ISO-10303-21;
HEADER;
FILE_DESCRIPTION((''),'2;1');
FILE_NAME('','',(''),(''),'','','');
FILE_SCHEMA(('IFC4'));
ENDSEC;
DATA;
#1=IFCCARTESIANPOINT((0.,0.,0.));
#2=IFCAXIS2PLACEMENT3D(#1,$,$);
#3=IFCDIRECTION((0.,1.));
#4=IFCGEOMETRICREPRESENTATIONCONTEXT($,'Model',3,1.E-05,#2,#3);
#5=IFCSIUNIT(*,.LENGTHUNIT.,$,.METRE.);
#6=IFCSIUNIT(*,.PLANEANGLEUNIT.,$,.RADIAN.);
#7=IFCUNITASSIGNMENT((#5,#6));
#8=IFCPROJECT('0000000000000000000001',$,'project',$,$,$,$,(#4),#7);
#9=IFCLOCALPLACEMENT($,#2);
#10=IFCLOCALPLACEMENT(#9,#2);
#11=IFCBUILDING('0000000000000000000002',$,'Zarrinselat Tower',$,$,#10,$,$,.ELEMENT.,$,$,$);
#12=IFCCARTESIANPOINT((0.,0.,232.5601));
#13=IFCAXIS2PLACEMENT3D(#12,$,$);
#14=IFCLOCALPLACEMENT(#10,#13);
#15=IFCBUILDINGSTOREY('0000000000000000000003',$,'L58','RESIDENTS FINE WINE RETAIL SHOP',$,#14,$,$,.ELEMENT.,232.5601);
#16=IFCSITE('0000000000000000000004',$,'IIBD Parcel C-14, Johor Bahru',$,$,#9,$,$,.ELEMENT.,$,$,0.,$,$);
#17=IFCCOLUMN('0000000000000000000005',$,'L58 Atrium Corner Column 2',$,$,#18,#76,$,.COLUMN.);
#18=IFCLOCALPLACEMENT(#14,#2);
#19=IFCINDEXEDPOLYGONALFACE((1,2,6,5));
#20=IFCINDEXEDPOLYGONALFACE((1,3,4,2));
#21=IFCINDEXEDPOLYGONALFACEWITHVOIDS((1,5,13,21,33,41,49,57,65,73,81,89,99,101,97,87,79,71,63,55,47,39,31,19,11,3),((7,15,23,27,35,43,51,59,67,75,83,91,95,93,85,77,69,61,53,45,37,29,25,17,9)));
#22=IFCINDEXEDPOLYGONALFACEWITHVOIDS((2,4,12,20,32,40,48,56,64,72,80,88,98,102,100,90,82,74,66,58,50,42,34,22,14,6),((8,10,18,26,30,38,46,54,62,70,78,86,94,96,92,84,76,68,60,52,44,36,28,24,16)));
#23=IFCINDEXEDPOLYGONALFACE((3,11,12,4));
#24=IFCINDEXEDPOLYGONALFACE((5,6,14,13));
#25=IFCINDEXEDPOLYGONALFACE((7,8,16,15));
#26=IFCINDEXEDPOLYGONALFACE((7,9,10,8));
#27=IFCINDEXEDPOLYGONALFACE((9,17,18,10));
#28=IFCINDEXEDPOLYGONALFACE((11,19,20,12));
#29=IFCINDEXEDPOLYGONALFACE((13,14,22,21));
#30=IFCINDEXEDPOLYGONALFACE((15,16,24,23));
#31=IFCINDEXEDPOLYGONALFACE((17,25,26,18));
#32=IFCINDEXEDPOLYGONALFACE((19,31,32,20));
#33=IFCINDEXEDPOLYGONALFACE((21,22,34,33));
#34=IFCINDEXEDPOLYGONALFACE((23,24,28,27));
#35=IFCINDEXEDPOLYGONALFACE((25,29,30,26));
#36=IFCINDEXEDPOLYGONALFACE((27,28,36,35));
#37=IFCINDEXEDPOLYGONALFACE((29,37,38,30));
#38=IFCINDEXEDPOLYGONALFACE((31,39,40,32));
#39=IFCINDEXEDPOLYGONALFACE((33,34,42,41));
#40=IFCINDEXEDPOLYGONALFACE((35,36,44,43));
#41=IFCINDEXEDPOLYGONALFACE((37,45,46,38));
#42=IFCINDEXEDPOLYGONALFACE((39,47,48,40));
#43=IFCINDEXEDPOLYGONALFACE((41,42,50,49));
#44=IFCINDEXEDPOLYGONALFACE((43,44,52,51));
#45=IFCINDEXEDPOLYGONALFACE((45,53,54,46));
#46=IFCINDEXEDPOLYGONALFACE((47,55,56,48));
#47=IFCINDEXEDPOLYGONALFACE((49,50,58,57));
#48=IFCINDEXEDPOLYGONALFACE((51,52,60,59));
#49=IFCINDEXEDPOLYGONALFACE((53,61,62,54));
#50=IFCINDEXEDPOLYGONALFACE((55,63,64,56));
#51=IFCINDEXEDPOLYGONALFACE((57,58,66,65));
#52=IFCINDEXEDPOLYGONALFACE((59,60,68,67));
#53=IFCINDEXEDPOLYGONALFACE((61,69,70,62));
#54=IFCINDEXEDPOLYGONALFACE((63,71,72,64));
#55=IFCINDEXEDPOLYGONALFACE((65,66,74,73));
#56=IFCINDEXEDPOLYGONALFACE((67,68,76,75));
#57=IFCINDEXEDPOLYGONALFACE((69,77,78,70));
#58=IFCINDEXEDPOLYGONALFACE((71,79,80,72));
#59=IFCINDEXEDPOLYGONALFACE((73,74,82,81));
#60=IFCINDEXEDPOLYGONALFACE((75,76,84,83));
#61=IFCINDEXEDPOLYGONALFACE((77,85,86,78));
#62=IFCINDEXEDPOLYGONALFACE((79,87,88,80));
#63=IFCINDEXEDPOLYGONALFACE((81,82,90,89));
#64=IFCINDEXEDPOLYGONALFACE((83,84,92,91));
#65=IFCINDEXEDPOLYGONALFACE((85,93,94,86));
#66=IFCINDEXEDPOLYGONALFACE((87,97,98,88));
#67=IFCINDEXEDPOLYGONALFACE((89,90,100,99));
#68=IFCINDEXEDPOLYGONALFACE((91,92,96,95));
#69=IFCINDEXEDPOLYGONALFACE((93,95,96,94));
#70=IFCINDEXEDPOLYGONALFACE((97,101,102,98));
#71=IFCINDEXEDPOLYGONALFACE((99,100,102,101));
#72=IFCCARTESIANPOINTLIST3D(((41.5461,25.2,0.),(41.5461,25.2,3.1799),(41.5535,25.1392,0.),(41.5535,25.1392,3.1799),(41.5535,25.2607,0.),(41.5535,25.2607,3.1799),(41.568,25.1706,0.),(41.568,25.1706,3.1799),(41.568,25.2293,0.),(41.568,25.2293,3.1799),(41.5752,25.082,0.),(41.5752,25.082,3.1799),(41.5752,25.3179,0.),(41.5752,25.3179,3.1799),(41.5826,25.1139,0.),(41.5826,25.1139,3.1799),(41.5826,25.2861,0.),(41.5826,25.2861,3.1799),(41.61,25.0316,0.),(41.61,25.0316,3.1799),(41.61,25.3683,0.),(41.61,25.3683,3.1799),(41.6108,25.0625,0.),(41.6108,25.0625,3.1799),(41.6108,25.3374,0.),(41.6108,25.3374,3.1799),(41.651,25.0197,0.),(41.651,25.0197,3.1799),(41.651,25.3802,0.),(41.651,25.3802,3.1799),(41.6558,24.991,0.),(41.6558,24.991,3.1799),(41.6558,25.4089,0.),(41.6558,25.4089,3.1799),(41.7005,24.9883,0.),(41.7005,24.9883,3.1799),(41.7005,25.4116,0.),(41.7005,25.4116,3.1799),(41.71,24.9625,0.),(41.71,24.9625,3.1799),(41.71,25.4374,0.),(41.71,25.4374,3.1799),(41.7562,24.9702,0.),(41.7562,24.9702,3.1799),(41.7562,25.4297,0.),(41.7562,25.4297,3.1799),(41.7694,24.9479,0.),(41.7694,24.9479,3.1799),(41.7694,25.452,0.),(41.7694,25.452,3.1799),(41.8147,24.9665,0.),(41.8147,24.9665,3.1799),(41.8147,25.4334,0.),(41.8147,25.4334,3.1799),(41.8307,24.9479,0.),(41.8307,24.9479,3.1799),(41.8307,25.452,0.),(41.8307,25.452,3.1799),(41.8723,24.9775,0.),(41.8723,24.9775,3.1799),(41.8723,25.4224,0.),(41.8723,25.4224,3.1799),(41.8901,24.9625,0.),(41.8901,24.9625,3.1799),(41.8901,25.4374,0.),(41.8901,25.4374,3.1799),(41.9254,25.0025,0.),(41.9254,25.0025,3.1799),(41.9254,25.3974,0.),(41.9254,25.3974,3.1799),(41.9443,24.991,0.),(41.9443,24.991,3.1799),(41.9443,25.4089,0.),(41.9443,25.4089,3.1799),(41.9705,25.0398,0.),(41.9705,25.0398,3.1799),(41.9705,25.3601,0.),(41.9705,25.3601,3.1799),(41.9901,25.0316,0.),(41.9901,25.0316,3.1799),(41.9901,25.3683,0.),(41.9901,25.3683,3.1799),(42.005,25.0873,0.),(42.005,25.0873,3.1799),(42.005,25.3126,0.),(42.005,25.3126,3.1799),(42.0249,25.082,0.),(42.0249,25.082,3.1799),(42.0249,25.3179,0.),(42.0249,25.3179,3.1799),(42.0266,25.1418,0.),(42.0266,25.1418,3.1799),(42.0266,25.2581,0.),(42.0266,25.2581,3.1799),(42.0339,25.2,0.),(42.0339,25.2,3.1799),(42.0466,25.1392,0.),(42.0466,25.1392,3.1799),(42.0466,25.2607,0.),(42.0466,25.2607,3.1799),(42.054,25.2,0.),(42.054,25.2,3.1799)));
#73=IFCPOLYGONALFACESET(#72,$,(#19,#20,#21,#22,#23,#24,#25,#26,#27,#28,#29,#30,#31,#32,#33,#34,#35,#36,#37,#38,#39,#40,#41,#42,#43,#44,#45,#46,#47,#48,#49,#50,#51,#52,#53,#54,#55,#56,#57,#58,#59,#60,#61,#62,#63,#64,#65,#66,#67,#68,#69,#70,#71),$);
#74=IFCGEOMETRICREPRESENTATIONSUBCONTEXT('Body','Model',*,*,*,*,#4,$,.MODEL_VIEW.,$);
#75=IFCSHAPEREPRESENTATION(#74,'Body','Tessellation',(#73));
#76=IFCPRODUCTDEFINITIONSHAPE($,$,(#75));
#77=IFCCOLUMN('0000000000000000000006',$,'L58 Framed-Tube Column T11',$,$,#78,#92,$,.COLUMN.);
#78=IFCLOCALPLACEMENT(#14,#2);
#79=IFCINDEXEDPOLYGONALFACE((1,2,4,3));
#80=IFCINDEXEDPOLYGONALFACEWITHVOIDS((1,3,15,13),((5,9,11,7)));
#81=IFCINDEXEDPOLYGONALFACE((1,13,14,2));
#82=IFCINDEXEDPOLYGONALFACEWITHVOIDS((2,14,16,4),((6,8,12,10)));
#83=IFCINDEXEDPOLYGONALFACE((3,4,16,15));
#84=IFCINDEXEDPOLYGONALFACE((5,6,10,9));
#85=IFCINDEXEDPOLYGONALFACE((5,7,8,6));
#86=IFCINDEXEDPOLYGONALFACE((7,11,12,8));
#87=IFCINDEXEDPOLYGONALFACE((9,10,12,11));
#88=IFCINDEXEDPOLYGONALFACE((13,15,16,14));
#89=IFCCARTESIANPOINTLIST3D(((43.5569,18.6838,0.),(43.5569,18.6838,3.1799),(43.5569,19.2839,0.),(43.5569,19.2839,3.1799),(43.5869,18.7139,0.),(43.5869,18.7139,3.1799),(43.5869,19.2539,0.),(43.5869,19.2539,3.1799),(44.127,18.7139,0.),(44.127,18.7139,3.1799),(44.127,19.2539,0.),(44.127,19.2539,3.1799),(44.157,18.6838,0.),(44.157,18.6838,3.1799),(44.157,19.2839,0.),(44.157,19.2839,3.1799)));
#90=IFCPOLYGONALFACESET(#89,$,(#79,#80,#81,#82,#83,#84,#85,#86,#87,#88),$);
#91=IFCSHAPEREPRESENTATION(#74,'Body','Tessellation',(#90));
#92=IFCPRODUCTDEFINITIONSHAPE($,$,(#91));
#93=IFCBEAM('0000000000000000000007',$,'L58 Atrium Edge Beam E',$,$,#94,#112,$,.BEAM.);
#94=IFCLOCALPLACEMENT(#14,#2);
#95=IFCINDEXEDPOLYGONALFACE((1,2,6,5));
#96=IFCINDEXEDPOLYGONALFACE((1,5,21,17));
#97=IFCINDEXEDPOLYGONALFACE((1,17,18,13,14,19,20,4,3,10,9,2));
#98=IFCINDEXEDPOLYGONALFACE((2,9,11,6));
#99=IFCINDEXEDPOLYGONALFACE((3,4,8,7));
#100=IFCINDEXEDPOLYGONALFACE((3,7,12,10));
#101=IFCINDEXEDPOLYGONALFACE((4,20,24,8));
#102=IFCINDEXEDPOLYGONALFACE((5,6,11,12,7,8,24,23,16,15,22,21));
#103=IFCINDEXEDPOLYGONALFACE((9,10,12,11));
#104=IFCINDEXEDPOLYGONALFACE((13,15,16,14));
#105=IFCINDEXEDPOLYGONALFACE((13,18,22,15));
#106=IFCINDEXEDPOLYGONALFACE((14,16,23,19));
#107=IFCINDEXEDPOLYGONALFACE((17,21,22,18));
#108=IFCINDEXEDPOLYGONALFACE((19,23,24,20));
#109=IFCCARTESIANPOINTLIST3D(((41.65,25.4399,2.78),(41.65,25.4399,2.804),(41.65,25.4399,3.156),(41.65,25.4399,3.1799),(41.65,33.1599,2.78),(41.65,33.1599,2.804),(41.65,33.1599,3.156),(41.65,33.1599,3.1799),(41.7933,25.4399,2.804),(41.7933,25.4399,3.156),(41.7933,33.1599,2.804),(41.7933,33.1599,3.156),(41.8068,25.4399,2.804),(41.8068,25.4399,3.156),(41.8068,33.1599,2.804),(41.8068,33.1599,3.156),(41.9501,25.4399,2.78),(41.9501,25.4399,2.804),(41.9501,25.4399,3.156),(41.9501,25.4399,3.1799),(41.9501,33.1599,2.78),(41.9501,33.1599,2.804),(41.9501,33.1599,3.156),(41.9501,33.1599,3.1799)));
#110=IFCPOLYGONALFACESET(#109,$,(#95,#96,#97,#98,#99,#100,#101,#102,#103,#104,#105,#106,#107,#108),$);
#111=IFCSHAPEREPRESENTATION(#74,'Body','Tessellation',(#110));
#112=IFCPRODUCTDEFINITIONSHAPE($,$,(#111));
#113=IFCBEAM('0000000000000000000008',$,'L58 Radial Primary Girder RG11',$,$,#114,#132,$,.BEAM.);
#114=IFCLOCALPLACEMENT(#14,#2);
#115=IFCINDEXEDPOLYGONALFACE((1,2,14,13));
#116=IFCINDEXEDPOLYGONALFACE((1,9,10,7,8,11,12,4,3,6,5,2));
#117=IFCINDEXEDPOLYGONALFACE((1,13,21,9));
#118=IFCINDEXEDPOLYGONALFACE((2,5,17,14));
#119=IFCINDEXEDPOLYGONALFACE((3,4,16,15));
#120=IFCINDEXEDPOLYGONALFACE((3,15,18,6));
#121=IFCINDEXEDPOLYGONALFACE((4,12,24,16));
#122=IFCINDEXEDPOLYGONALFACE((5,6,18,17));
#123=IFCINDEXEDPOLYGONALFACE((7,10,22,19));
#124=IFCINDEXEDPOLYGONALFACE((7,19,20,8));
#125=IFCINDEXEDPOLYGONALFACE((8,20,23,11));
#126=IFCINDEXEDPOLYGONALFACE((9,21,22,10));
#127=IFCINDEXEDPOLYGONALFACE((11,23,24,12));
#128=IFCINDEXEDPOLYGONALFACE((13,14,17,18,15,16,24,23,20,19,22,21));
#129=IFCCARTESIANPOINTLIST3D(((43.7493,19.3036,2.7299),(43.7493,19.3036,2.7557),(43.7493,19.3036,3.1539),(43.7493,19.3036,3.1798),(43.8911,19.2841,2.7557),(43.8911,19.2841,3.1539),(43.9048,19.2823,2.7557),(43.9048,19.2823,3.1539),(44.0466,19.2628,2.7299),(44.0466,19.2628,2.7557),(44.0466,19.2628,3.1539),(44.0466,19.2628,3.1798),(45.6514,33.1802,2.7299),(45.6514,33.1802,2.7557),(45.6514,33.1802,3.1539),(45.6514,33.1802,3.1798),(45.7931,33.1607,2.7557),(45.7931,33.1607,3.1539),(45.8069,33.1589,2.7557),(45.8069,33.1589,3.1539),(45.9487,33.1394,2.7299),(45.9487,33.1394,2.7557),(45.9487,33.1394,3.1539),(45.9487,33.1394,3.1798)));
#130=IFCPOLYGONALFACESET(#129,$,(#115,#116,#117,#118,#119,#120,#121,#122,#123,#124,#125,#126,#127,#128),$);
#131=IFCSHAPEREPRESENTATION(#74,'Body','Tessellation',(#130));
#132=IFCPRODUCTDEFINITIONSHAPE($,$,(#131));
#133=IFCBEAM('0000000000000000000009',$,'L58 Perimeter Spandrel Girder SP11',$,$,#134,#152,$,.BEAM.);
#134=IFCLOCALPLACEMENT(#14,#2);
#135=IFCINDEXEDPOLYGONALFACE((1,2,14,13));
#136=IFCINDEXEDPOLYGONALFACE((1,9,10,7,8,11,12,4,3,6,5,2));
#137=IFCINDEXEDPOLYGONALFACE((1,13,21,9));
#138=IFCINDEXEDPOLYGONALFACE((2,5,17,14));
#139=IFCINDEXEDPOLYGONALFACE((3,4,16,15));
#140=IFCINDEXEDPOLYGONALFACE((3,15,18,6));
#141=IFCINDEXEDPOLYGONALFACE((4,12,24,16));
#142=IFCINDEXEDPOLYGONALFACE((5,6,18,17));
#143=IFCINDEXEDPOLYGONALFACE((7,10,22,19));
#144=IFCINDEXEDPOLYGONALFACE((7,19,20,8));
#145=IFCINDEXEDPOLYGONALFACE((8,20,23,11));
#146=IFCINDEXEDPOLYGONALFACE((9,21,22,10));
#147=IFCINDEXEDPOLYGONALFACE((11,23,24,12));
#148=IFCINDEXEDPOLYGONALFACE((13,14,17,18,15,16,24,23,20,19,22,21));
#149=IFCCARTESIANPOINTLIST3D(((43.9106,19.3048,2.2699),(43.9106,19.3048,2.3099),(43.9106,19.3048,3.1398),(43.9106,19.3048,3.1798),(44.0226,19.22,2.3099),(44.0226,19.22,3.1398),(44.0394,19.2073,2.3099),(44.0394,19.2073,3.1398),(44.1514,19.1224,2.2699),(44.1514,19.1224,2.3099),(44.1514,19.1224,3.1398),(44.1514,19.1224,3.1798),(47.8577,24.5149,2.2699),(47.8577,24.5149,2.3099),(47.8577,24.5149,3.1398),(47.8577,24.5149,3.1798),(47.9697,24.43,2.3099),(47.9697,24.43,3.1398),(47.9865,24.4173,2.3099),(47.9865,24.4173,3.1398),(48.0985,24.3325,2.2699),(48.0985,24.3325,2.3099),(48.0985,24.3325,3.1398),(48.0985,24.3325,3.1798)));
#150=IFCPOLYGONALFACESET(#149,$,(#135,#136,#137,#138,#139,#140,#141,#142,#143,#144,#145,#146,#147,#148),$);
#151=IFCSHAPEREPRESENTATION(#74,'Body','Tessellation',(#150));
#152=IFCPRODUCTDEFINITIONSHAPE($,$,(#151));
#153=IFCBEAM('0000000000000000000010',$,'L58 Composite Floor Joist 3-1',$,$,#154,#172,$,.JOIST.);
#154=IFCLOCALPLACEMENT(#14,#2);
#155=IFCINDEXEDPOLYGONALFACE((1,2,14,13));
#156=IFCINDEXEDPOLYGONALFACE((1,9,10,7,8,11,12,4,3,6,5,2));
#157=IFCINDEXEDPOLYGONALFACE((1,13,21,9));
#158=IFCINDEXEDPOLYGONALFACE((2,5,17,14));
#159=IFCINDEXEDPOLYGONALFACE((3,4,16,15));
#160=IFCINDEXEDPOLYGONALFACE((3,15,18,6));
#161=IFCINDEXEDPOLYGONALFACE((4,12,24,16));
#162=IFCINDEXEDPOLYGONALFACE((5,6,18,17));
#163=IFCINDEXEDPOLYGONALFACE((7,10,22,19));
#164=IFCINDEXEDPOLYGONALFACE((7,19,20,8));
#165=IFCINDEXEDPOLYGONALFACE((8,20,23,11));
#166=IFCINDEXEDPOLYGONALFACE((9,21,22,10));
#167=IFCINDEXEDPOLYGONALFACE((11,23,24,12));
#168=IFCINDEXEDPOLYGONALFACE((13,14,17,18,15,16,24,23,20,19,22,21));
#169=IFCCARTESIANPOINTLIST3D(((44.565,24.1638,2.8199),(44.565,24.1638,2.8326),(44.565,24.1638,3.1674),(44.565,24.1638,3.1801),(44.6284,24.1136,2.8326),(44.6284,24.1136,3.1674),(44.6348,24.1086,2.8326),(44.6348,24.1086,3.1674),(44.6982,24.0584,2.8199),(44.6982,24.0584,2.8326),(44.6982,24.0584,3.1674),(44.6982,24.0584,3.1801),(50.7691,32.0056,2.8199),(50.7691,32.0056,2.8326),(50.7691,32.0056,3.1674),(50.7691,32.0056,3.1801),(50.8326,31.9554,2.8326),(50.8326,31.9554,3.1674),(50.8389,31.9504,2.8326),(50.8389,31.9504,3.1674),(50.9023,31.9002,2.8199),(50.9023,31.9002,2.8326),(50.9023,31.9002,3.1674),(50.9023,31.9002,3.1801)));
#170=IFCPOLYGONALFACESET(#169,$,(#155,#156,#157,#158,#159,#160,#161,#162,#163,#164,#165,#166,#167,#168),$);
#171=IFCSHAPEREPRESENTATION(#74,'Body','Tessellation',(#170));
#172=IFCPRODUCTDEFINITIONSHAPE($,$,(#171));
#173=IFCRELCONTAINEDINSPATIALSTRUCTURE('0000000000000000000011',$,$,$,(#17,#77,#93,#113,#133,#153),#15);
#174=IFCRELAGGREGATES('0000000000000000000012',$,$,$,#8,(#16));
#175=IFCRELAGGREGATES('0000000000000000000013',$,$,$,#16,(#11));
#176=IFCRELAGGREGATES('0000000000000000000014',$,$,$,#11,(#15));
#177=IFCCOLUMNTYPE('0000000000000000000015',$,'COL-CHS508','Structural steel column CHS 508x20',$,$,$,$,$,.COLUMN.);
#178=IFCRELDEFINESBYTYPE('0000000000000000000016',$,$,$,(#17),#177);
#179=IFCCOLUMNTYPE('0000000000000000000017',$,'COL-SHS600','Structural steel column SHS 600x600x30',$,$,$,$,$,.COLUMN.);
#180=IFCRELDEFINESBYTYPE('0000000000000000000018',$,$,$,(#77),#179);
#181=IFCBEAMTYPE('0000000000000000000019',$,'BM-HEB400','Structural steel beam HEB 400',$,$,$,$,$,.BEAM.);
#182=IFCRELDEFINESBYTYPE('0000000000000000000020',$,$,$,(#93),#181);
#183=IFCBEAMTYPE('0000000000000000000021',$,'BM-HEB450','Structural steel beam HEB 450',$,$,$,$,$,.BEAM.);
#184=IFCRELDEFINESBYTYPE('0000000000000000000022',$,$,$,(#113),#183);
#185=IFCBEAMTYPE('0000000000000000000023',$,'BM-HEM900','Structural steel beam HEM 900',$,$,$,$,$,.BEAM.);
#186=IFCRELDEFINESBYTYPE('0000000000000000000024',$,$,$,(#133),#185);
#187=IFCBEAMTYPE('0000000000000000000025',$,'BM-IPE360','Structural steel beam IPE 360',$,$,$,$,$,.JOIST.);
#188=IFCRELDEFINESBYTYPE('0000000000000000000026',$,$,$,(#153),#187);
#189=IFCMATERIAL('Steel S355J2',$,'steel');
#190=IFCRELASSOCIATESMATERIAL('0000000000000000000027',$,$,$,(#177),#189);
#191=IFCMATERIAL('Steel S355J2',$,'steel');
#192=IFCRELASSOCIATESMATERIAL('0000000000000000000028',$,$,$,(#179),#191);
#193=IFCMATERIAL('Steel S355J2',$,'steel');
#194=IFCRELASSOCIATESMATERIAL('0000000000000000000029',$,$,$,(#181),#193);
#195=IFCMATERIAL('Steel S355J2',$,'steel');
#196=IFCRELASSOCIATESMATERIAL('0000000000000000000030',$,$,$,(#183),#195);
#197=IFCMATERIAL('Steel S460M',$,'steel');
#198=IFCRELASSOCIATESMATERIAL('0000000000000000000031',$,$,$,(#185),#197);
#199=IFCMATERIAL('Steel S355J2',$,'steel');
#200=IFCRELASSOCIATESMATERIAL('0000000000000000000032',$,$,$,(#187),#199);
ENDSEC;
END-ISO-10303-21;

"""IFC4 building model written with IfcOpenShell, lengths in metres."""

from ifc_helpers import new_model, si_unit, direction, frame, origin, origin_2d, place, context, subcontext, project, spatial, hollow_rectangle, hollow_circle, i_section, extrude, material, material_profile, profile_set, type_object, element, save


model = new_model("IFC4")

# Units and contexts
model_context = context("Model", 3, precision=1e-05, world=origin(), true_north=direction((0.0, 1.0)))
body_context = subcontext(model_context, "Body", "Model", "MODEL_VIEW")
ifc_project = project(units=[si_unit("LENGTHUNIT", "METRE"), si_unit("PLANEANGLEUNIT", "RADIAN")], contexts=[model_context])

# Site, building, storey
site_placement = place(None, origin())
site = spatial("IfcSite", under=ifc_project, at=site_placement, Name="IIBD Parcel C-14, Johor Bahru", CompositionType="ELEMENT", RefElevation=0.0)
building_placement = place(site_placement, origin())
building = spatial("IfcBuilding", under=site, at=building_placement, Name="Zarrinselat Tower", CompositionType="ELEMENT")
storey_placement = place(building_placement, frame((0.0, 0.0, 232.5601)))
storey = spatial("IfcBuildingStorey", under=building, at=storey_placement, Name="L58", Description="RESIDENTS FINE WINE RETAIL SHOP", CompositionType="ELEMENT", Elevation=232.5601)

# Columns
ifc_material_1 = material(Name="Steel S355J2", Category="steel")
ifc_material_profile_1 = material_profile(ifc_material_1, hollow_circle(Radius=0.2539, WallThickness=0.02, at=origin_2d()), Name="CHS 508x20")
ifc_profile_set_1 = profile_set([ifc_material_profile_1], Name="Steel S355J2")
column_type_1 = type_object("IfcColumnType", Name="COL-CHS508", Description="Structural steel column CHS 508x20", PredefinedType="COLUMN", material=ifc_profile_set_1)
column_1_placement = place(storey_placement, frame((41.8, 25.2, 0.0), z_axis=(0.0, 0.0, 1.0), x_axis=(1.0, 0.0, 0.0)))
element("IfcColumn", 1, at=column_1_placement, inside=storey, type_object=column_type_1, Name="L58 Atrium Corner Column 2", PredefinedType="COLUMN", context=body_context, shape_type="SweptSolid", body=[
    extrude(hollow_circle(Radius=0.2539, WallThickness=0.02, at=origin_2d()), origin(), (0.0, 0.0, 1.0), 3.1799),
])
ifc_material_2 = material(Name="Steel S355J2", Category="steel")
ifc_material_profile_2 = material_profile(ifc_material_2, hollow_rectangle(XDim=0.6001, YDim=0.6001, WallThickness=0.03, at=origin_2d()), Name="SHS 600x600x30")
ifc_profile_set_2 = profile_set([ifc_material_profile_2], Name="Steel S355J2")
column_type_2 = type_object("IfcColumnType", Name="COL-SHS600", Description="Structural steel column SHS 600x600x30", PredefinedType="COLUMN", material=ifc_profile_set_2)
column_2_placement = place(storey_placement, frame((43.8569, 18.9839, 0.0), z_axis=(0.0, 0.0, 1.0), x_axis=(1.0, 0.0, 0.0)))
element("IfcColumn", 2, at=column_2_placement, inside=storey, type_object=column_type_2, Name="L58 Framed-Tube Column T11", PredefinedType="COLUMN", context=body_context, shape_type="SweptSolid", body=[
    extrude(hollow_rectangle(XDim=0.6001, YDim=0.6001, WallThickness=0.03, at=origin_2d()), origin(), (0.0, 0.0, 1.0), 3.1799),
])

# Beams
ifc_material_3 = material(Name="Steel S355J2", Category="steel")
ifc_material_profile_3 = material_profile(ifc_material_3, i_section(OverallWidth=0.3, OverallDepth=0.3999, WebThickness=0.0134, FlangeThickness=0.0239, at=origin_2d()), Name="HEB 400")
ifc_profile_set_3 = profile_set([ifc_material_profile_3], Name="Steel S355J2")
beam_type_1 = type_object("IfcBeamType", Name="BM-HEB400", Description="Structural steel beam HEB 400", PredefinedType="BEAM", material=ifc_profile_set_3)
beam_1_placement = place(storey_placement, frame((41.8, 25.4399, 2.98), z_axis=(0.0, 1.0, 0.0), x_axis=(-1.0, 0.0, 0.0)))
element("IfcBeam", 3, at=beam_1_placement, inside=storey, type_object=beam_type_1, Name="L58 Atrium Edge Beam E", PredefinedType="BEAM", context=body_context, shape_type="SweptSolid", body=[
    extrude(i_section(OverallWidth=0.3, OverallDepth=0.3999, WebThickness=0.0134, FlangeThickness=0.0239, at=origin_2d()), origin(), (0.0, 0.0, 1.0), 7.72),
])
ifc_material_4 = material(Name="Steel S355J2", Category="steel")
ifc_material_profile_4 = material_profile(ifc_material_4, i_section(OverallWidth=0.3, OverallDepth=0.45, WebThickness=0.0139, FlangeThickness=0.0259, at=origin_2d()), Name="HEB 450")
ifc_profile_set_4 = profile_set([ifc_material_profile_4], Name="Steel S355J2")
beam_type_2 = type_object("IfcBeamType", Name="BM-HEB450", Description="Structural steel beam HEB 450", PredefinedType="BEAM", material=ifc_profile_set_4)
beam_2_placement = place(storey_placement, frame((43.8979, 19.2832, 2.9548), z_axis=(0.135802, 0.990736, 0.0), x_axis=(-0.990736, 0.135802, 0.0)))
element("IfcBeam", 4, at=beam_2_placement, inside=storey, type_object=beam_type_2, Name="L58 Radial Primary Girder RG11", PredefinedType="BEAM", context=body_context, shape_type="SweptSolid", body=[
    extrude(i_section(OverallWidth=0.3, OverallDepth=0.45, WebThickness=0.0139, FlangeThickness=0.0259, at=origin_2d()), origin(), (0.0, 0.0, 1.0), 14.0063),
])
ifc_material_5 = material(Name="Steel S460M", Category="steel")
ifc_material_profile_5 = material_profile(ifc_material_5, i_section(OverallWidth=0.302, OverallDepth=0.9099, WebThickness=0.021, FlangeThickness=0.04, at=origin_2d()), Name="HEM 900")
ifc_profile_set_5 = profile_set([ifc_material_profile_5], Name="Steel S460M")
beam_type_3 = type_object("IfcBeamType", Name="BM-HEM900", Description="Structural steel beam HEM 900", PredefinedType="BEAM", material=ifc_profile_set_5)
beam_3_placement = place(storey_placement, frame((44.031, 19.2136, 2.7249), z_axis=(0.603866, 0.797086, 0.0), x_axis=(-0.797086, 0.603866, 0.0)))
element("IfcBeam", 5, at=beam_3_placement, inside=storey, type_object=beam_type_3, Name="L58 Perimeter Spandrel Girder SP11", PredefinedType="BEAM", context=body_context, shape_type="SweptSolid", body=[
    extrude(i_section(OverallWidth=0.302, OverallDepth=0.9099, WebThickness=0.021, FlangeThickness=0.04, at=origin_2d()), origin(), (0.0, 0.0, 1.0), 6.5364),
])
ifc_material_6 = material(Name="Steel S355J2", Category="steel")
ifc_material_profile_6 = material_profile(ifc_material_6, i_section(OverallWidth=0.1699, OverallDepth=0.3601, WebThickness=0.0081, FlangeThickness=0.0127, at=origin_2d()), Name="IPE 360")
ifc_profile_set_6 = profile_set([ifc_material_profile_6], Name="Steel S355J2")
beam_type_4 = type_object("IfcBeamType", Name="BM-IPE360", Description="Structural steel beam IPE 360", PredefinedType="JOIST", material=ifc_profile_set_6)
beam_4_placement = place(storey_placement, frame((44.6316, 24.1111, 3.0), z_axis=(0.620458, 0.78424, 0.0), x_axis=(-0.78424, 0.620458, 0.0)))
element("IfcBeam", 6, at=beam_4_placement, inside=storey, type_object=beam_type_4, Name="L58 Composite Floor Joist 3-1", PredefinedType="JOIST", context=body_context, shape_type="SweptSolid", body=[
    extrude(i_section(OverallWidth=0.1699, OverallDepth=0.3601, WebThickness=0.0081, FlangeThickness=0.0127, at=origin_2d()), origin(), (0.0, 0.0, 1.0), 9.9993),
])

save(model, "model.ifc")
